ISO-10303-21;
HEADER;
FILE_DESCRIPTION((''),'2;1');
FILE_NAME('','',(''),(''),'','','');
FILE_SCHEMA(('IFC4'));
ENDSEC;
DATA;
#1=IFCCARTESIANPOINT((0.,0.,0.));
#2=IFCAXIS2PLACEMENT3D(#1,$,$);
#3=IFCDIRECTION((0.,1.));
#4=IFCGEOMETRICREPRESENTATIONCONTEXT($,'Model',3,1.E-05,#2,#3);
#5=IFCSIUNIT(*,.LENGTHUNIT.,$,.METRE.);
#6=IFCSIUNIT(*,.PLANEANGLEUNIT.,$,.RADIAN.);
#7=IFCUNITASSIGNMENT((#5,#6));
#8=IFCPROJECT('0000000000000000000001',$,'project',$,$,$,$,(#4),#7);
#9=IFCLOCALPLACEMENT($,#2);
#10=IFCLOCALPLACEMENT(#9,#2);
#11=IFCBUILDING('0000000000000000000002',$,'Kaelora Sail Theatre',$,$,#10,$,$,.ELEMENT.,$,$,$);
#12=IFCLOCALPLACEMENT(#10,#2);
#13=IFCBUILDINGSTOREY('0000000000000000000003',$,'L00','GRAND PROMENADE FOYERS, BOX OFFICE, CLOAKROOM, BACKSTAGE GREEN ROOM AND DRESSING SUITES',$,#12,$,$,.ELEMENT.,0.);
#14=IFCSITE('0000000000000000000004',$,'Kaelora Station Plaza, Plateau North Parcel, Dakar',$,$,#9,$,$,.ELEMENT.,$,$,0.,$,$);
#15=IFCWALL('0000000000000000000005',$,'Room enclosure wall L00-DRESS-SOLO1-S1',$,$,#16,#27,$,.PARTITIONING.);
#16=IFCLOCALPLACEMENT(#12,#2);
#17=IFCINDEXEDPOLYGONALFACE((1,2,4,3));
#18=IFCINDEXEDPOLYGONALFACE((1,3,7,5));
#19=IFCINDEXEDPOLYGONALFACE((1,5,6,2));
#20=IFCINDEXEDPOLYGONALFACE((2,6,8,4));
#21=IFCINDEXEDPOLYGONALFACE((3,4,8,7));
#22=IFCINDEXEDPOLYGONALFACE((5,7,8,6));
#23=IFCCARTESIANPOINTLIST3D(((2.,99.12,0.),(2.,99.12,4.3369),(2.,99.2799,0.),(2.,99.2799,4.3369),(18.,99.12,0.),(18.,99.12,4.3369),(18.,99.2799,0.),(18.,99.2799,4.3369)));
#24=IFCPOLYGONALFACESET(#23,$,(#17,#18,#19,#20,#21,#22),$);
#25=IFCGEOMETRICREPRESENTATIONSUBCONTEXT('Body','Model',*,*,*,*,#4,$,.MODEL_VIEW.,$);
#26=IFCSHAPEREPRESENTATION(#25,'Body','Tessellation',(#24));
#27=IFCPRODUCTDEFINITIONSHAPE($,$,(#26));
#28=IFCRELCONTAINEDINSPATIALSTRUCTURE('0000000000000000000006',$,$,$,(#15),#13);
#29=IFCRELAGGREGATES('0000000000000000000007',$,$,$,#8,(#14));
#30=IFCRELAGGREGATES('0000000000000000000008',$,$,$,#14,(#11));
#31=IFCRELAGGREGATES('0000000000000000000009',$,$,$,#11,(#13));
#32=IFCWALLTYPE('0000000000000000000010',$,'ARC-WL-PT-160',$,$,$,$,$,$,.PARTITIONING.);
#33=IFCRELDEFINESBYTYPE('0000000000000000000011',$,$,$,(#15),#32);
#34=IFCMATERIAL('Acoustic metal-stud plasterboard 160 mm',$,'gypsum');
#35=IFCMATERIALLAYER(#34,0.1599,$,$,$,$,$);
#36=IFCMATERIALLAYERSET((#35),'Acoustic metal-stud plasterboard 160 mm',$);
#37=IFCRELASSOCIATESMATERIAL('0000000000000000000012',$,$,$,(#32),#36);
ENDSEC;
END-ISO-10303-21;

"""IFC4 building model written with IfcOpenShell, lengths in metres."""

from ifc_helpers import new_model, si_unit, direction, frame, frame_2d, origin, place, context, subcontext, project, spatial, rectangle, extrude, material, layer, layer_set, type_object, element, save


model = new_model("IFC4")

# Units and contexts
model_context = context("Model", 3, precision=1e-05, world=origin(), true_north=direction((0.0, 1.0)))
body_context = subcontext(model_context, "Body", "Model", "MODEL_VIEW")
ifc_project = project(units=[si_unit("LENGTHUNIT", "METRE"), si_unit("PLANEANGLEUNIT", "RADIAN")], contexts=[model_context])

# Site, building, storey
site_placement = place(None, origin())
site = spatial("IfcSite", under=ifc_project, at=site_placement, Name="Kaelora Station Plaza, Plateau North Parcel, Dakar", CompositionType="ELEMENT", RefElevation=0.0)
building_placement = place(site_placement, origin())
building = spatial("IfcBuilding", under=site, at=building_placement, Name="Kaelora Sail Theatre", CompositionType="ELEMENT")
storey_placement = place(building_placement, origin())
storey = spatial("IfcBuildingStorey", under=building, at=storey_placement, Name="L00", Description="GRAND PROMENADE FOYERS, BOX OFFICE, CLOAKROOM, BACKSTAGE GREEN ROOM AND DRESSING SUITES", CompositionType="ELEMENT", Elevation=0.0)

# Wall
ifc_material_1 = material(Name="Acoustic metal-stud plasterboard 160 mm", Category="gypsum")
ifc_layer_1 = layer(ifc_material_1, 0.1599)
ifc_layer_set_1 = layer_set([ifc_layer_1], Name="Acoustic metal-stud plasterboard 160 mm")
wall_type_1 = type_object("IfcWallType", Name="ARC-WL-PT-160", PredefinedType="PARTITIONING", material=ifc_layer_set_1)
wall_1_placement = place(storey_placement, frame((2.0, 99.2, 0.0), z_axis=(0.0, 0.0, 1.0), x_axis=(1.0, 0.0, 0.0)))
element("IfcWall", 1, at=wall_1_placement, inside=storey, type_object=wall_type_1, Name="Room enclosure wall L00-DRESS-SOLO1-S1", PredefinedType="PARTITIONING", context=body_context, shape_type="SweptSolid", body=[
    extrude(rectangle(XDim=16.0, YDim=0.1599, at=frame_2d((8.0, 0.0))), origin(), (0.0, 0.0, 1.0), 4.3369),
])

save(model, "model.ifc")
